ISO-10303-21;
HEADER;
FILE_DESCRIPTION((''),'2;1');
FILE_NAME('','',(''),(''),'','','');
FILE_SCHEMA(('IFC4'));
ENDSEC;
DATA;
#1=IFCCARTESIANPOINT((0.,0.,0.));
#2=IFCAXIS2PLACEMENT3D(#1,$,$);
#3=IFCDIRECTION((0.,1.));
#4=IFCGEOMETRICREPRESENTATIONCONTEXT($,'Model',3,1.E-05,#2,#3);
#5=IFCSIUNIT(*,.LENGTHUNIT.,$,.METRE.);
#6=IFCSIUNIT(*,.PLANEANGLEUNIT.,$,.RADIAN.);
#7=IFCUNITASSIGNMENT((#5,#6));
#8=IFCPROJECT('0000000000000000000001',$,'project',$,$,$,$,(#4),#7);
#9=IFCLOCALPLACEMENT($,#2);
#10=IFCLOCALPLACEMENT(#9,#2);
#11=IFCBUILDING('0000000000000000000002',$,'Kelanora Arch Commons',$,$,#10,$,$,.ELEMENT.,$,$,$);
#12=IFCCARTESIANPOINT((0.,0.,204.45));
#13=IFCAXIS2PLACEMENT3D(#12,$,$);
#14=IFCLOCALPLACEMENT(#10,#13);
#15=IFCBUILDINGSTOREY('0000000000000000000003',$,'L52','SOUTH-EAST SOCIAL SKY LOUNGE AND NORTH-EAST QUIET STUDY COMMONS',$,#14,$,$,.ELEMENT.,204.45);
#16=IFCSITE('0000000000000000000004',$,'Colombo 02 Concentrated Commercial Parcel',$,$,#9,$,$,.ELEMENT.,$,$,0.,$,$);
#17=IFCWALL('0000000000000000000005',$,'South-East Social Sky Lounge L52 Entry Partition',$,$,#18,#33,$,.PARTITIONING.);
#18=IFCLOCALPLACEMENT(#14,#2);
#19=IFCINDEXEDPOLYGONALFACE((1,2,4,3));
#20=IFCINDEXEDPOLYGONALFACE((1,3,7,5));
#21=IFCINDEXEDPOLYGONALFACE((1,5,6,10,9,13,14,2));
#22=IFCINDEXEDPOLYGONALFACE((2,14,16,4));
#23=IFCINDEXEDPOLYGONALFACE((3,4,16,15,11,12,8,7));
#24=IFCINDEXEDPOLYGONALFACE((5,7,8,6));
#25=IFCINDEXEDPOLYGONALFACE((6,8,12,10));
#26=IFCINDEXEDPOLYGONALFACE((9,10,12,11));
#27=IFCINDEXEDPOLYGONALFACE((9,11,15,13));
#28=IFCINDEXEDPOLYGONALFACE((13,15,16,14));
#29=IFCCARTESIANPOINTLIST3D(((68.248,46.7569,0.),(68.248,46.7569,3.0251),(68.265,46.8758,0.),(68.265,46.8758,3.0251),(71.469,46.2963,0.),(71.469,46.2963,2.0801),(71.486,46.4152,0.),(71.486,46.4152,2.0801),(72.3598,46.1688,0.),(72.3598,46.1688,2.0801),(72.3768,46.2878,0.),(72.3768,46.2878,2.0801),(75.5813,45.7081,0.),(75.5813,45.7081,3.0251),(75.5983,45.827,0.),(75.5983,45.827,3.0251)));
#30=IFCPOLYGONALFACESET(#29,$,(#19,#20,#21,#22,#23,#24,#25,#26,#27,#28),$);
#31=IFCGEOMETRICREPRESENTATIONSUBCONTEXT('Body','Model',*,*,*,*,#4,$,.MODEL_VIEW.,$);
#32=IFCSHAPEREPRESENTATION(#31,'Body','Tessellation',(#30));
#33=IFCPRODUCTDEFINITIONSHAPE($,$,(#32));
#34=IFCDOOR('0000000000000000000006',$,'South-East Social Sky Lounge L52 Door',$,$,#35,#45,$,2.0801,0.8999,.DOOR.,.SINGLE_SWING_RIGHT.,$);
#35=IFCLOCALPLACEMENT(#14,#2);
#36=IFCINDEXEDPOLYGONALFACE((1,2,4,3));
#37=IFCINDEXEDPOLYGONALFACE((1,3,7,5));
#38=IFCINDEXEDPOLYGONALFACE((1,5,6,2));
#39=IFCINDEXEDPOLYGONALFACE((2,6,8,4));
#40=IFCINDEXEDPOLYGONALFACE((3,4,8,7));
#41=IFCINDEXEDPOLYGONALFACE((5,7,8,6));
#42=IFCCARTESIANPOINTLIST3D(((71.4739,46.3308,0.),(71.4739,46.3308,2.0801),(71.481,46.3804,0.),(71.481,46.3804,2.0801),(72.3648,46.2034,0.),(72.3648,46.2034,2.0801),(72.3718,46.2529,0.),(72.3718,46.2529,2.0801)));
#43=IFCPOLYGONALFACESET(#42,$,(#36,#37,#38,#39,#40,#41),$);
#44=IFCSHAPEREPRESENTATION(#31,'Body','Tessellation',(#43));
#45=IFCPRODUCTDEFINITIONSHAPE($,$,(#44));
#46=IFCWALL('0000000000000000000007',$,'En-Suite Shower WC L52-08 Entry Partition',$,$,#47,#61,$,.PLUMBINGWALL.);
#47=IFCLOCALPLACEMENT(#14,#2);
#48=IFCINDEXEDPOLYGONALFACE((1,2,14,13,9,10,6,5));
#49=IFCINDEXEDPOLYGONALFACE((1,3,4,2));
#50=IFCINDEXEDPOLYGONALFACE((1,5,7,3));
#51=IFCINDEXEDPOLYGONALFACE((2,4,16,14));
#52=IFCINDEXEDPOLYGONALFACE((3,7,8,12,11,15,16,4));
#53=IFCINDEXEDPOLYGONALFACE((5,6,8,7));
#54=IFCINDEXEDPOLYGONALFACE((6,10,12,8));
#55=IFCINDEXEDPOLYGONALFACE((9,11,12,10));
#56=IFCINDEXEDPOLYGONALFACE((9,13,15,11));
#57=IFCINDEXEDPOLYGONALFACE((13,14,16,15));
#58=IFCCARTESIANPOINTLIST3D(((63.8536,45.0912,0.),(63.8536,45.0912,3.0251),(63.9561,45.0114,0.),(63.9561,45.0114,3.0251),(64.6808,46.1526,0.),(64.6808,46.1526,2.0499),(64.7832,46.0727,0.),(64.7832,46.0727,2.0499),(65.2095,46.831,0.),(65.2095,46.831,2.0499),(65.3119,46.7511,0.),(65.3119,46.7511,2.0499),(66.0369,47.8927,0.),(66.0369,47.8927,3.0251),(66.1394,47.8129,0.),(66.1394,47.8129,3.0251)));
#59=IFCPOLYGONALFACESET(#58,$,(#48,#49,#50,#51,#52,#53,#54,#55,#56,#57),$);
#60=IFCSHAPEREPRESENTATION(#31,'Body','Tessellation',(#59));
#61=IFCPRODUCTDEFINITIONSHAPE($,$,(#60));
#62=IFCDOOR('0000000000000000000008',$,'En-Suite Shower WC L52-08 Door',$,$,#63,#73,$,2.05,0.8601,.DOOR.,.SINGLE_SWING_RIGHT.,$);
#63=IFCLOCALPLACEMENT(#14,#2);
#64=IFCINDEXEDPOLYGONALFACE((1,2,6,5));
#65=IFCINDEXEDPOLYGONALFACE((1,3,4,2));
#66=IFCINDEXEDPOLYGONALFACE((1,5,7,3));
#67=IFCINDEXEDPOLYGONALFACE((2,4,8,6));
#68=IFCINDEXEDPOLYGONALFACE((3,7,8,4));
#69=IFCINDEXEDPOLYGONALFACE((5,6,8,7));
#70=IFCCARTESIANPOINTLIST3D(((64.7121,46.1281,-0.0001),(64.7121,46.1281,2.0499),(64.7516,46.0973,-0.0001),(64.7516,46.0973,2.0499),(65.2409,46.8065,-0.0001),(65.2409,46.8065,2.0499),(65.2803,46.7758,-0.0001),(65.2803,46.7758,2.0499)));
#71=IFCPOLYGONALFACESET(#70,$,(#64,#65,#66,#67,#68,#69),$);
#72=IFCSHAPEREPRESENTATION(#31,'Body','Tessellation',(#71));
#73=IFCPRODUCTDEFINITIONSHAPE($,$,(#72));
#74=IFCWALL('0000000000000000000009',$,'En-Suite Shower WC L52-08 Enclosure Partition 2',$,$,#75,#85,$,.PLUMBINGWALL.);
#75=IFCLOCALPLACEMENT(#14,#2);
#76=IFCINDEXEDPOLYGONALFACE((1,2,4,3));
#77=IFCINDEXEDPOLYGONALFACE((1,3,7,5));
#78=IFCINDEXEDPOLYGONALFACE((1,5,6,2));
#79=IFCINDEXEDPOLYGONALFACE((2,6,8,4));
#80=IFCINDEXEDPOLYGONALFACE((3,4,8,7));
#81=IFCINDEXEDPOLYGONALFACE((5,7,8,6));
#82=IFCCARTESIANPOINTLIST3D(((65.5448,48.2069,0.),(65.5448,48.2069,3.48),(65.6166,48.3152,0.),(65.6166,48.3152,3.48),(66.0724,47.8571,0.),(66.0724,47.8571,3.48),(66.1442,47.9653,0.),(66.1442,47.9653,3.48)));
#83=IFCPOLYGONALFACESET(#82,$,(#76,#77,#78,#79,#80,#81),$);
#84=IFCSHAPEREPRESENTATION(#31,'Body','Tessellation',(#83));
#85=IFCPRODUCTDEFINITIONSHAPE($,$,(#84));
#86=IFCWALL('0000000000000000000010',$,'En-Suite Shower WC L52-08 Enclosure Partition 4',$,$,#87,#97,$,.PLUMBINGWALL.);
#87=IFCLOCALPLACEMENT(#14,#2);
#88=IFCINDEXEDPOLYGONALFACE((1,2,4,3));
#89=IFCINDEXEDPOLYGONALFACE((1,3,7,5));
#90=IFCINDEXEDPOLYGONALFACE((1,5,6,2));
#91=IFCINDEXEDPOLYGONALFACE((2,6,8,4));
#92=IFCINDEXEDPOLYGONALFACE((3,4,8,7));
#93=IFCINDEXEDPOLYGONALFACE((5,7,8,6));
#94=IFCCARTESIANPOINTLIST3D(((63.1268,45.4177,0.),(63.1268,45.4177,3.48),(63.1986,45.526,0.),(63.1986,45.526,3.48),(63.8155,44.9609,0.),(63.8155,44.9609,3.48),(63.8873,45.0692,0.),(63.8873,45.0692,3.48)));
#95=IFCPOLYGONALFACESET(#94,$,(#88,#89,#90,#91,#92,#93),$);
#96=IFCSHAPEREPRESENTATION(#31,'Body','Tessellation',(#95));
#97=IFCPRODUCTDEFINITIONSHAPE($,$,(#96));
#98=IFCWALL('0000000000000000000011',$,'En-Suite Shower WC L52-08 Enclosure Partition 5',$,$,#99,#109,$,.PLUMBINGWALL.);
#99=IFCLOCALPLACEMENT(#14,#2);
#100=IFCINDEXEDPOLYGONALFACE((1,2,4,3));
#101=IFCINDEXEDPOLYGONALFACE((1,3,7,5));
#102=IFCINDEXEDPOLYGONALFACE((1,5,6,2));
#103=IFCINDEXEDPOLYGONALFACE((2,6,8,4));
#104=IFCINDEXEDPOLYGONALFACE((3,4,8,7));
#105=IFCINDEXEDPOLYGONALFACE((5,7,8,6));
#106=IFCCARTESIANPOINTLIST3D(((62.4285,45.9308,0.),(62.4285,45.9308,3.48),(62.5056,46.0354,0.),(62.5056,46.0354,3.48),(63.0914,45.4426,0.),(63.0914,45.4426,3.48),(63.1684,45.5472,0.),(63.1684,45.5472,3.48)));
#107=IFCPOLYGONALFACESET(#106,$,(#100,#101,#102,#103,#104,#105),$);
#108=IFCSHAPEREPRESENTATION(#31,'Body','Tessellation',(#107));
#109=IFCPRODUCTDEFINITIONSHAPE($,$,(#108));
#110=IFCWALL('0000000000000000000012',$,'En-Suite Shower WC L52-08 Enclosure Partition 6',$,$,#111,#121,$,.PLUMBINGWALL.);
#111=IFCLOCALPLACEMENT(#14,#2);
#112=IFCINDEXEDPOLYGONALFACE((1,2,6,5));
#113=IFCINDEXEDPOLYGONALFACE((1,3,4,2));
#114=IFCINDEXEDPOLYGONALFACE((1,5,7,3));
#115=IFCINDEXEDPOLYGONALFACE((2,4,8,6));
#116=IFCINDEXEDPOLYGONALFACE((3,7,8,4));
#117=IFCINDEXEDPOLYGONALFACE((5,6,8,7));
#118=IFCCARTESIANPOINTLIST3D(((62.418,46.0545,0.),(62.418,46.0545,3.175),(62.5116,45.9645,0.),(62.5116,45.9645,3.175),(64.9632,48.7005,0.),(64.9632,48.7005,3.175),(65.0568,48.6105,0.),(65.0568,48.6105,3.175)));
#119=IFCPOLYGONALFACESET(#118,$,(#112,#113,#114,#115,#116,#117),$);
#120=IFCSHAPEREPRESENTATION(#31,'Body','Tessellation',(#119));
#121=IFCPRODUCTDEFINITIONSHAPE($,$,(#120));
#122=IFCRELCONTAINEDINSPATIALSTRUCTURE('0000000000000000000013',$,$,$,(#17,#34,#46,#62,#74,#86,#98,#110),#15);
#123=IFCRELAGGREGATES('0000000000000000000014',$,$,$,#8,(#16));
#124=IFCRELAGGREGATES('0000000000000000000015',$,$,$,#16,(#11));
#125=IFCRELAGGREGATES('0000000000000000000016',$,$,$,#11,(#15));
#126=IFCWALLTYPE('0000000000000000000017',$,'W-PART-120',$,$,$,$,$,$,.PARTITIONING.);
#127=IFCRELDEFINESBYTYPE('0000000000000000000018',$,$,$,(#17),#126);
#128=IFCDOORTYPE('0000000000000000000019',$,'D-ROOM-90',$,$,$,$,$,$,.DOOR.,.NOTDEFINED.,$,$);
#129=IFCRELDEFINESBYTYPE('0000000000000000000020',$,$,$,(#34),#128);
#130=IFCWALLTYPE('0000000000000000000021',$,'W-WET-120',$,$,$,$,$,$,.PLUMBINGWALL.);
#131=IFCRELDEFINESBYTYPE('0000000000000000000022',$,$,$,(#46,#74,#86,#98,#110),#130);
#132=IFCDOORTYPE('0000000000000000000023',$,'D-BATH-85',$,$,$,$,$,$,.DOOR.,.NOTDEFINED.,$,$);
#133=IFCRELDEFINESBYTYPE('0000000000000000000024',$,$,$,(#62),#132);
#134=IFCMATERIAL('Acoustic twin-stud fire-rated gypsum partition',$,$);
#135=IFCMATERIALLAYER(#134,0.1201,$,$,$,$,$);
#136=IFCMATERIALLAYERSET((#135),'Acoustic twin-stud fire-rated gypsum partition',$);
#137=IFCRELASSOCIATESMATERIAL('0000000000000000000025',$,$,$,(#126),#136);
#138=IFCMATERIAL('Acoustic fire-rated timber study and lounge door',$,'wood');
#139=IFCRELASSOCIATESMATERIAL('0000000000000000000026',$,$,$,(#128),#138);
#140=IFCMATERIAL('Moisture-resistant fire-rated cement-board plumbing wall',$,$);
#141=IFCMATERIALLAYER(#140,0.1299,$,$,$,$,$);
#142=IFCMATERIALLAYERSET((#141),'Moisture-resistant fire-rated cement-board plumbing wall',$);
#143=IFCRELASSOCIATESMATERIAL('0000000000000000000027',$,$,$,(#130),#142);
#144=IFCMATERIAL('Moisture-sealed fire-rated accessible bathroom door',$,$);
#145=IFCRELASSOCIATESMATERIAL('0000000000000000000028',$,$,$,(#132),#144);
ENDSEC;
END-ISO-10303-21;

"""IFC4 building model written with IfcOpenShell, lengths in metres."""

from ifc_helpers import new_model, si_unit, direction, frame, frame_2d, origin, place, context, subcontext, project, spatial, rectangle, extrude, material, layer, layer_set, type_object, element, fill, save


model = new_model("IFC4")

# Units and contexts
model_context = context("Model", 3, precision=1e-05, world=origin(), true_north=direction((0.0, 1.0)))
body_context = subcontext(model_context, "Body", "Model", "MODEL_VIEW")
ifc_project = project(units=[si_unit("LENGTHUNIT", "METRE"), si_unit("PLANEANGLEUNIT", "RADIAN")], contexts=[model_context])

# Site, building, storey
site_placement = place(None, origin())
site = spatial("IfcSite", under=ifc_project, at=site_placement, Name="Colombo 02 Concentrated Commercial Parcel", CompositionType="ELEMENT", RefElevation=0.0)
building_placement = place(site_placement, origin())
building = spatial("IfcBuilding", under=site, at=building_placement, Name="Kelanora Arch Commons", CompositionType="ELEMENT")
storey_placement = place(building_placement, frame((0.0, 0.0, 204.45)))
storey = spatial("IfcBuildingStorey", under=building, at=storey_placement, Name="L52", Description="SOUTH-EAST SOCIAL SKY LOUNGE AND NORTH-EAST QUIET STUDY COMMONS", CompositionType="ELEMENT", Elevation=204.45)

# Walls, openings, doors
ifc_material_1 = material(Name="Acoustic twin-stud fire-rated gypsum partition")
ifc_layer_1 = layer(ifc_material_1, 0.1201)
ifc_layer_set_1 = layer_set([ifc_layer_1], Name="Acoustic twin-stud fire-rated gypsum partition")
wall_type_1 = type_object("IfcWallType", Name="W-PART-120", PredefinedType="PARTITIONING", material=ifc_layer_set_1)
wall_1_placement = place(storey_placement, frame((68.2563, 46.8164, 0.0), z_axis=(0.0, 0.0, 1.0), x_axis=(0.989926, -0.141583, 0.0)))
wall_1 = element("IfcWall", 1, at=wall_1_placement, inside=storey, type_object=wall_type_1, Name="South-East Social Sky Lounge L52 Entry Partition", PredefinedType="PARTITIONING", context=body_context, shape_type="SweptSolid", body=[
    extrude(rectangle(XDim=7.408, YDim=0.1201, at=frame_2d((3.7041, 0.0))), origin(), (0.0, 0.0, 1.0), 3.0251),
])
opening_1_placement = place(wall_1_placement, frame((3.2539, 0.0, 0.0)))
opening_1 = element("IfcOpeningElement", 2, at=opening_1_placement, cuts=wall_1, PredefinedType="OPENING", context=body_context, shape_type="SweptSolid", body=[
    extrude(rectangle(XDim=0.8999, YDim=2.0801, at=frame_2d((0.45, 1.04))), frame((0.0, 0.0701, 0.0), z_axis=(0.0, -1.0, 0.0), x_axis=(1.0, 0.0, 0.0)), (0.0, 0.0, 1.0), 0.1401),
])
ifc_material_2 = material(Name="Acoustic fire-rated timber study and lounge door", Category="wood")
door_type_1 = type_object("IfcDoorType", Name="D-ROOM-90", OperationType="NOTDEFINED", PredefinedType="DOOR", material=ifc_material_2)
door_1_placement = place(opening_1_placement, origin())
door_1 = element("IfcDoor", 3, at=door_1_placement, inside=storey, type_object=door_type_1, Name="South-East Social Sky Lounge L52 Door", OperationType="SINGLE_SWING_RIGHT", OverallHeight=2.0801, OverallWidth=0.8999, PredefinedType="DOOR", context=body_context, shape_type="SweptSolid", body=[
    extrude(rectangle(XDim=0.8999, YDim=2.0801, at=frame_2d((0.45, 1.04))), frame((0.0, 0.0249, 0.0), z_axis=(0.0, -1.0, 0.0), x_axis=(1.0, 0.0, 0.0)), (0.0, 0.0, 1.0), 0.05),
])
fill(opening_1, door_1)
ifc_material_3 = material(Name="Moisture-resistant fire-rated cement-board plumbing wall")
ifc_layer_2 = layer(ifc_material_3, 0.1299)
ifc_layer_set_2 = layer_set([ifc_layer_2], Name="Moisture-resistant fire-rated cement-board plumbing wall")
wall_type_2 = type_object("IfcWallType", Name="W-WET-120", PredefinedType="PLUMBINGWALL", material=ifc_layer_set_2)
wall_2_placement = place(storey_placement, frame((66.0881, 47.8528, 0.0), z_axis=(0.0, 0.0, 1.0), x_axis=(-0.614711, -0.788752, 0.0)))
wall_2 = element("IfcWall", 4, at=wall_2_placement, inside=storey, type_object=wall_type_2, Name="En-Suite Shower WC L52-08 Entry Partition", PredefinedType="PLUMBINGWALL", context=body_context, shape_type="SweptSolid", body=[
    extrude(rectangle(XDim=3.5518, YDim=0.1299, at=frame_2d((1.7759, 0.0))), origin(), (0.0, 0.0, 1.0), 3.0251),
])
opening_2_placement = place(wall_2_placement, frame((1.3459, 0.0, 0.0)))
opening_2 = element("IfcOpeningElement", 5, at=opening_2_placement, cuts=wall_2, PredefinedType="OPENING", context=body_context, shape_type="SweptSolid", body=[
    extrude(rectangle(XDim=0.8601, YDim=2.05, at=frame_2d((0.4302, 1.0249))), frame((0.0, 0.075, 0.0), z_axis=(0.0, -1.0, 0.0), x_axis=(1.0, 0.0, 0.0)), (0.0, 0.0, 1.0), 0.1499),
])
ifc_material_4 = material(Name="Moisture-sealed fire-rated accessible bathroom door")
door_type_2 = type_object("IfcDoorType", Name="D-BATH-85", OperationType="NOTDEFINED", PredefinedType="DOOR", material=ifc_material_4)
door_2_placement = place(opening_2_placement, origin())
door_2 = element("IfcDoor", 6, at=door_2_placement, inside=storey, type_object=door_type_2, Name="En-Suite Shower WC L52-08 Door", OperationType="SINGLE_SWING_RIGHT", OverallHeight=2.05, OverallWidth=0.8601, PredefinedType="DOOR", context=body_context, shape_type="SweptSolid", body=[
    extrude(rectangle(XDim=0.8601, YDim=2.05, at=frame_2d((0.4302, 1.0249))), frame((0.0, 0.0249, 0.0), z_axis=(0.0, -1.0, 0.0), x_axis=(1.0, 0.0, 0.0)), (0.0, 0.0, 1.0), 0.05),
])
fill(opening_2, door_2)

# Walls
wall_3_placement = place(storey_placement, frame((65.5808, 48.261, 0.0), z_axis=(0.0, 0.0, 1.0), x_axis=(0.833412, -0.552652, 0.0)))
element("IfcWall", 7, at=wall_3_placement, inside=storey, type_object=wall_type_2, Name="En-Suite Shower WC L52-08 Enclosure Partition 2", PredefinedType="PLUMBINGWALL", context=body_context, shape_type="SweptSolid", body=[
    extrude(rectangle(XDim=0.6331, YDim=0.1299, at=frame_2d((0.3164, 0.0))), origin(), (0.0, 0.0, 1.0), 3.48),
])
wall_4_placement = place(storey_placement, frame((63.8513, 45.0151, 0.0), z_axis=(0.0, 0.0, 1.0), x_axis=(-0.833366, 0.552722, 0.0)))
element("IfcWall", 8, at=wall_4_placement, inside=storey, type_object=wall_type_2, Name="En-Suite Shower WC L52-08 Enclosure Partition 4", PredefinedType="PLUMBINGWALL", context=body_context, shape_type="SweptSolid", body=[
    extrude(rectangle(XDim=0.8264, YDim=0.1299, at=frame_2d((0.4131, 0.0))), origin(), (0.0, 0.0, 1.0), 3.48),
])
wall_5_placement = place(storey_placement, frame((63.1299, 45.4949, 0.0), z_axis=(0.0, 0.0, 1.0), x_axis=(-0.80513, 0.593098, 0.0)))
element("IfcWall", 9, at=wall_5_placement, inside=storey, type_object=wall_type_2, Name="En-Suite Shower WC L52-08 Enclosure Partition 5", PredefinedType="PLUMBINGWALL", context=body_context, shape_type="SweptSolid", body=[
    extrude(rectangle(XDim=0.8232, YDim=0.1299, at=frame_2d((0.4116, 0.0))), origin(), (0.0, 0.0, 1.0), 3.48),
])
wall_6_placement = place(storey_placement, frame((62.4648, 46.0095, 0.0), z_axis=(0.0, 0.0, 1.0), x_axis=(0.693242, 0.720705, 0.0)))
element("IfcWall", 10, at=wall_6_placement, inside=storey, type_object=wall_type_2, Name="En-Suite Shower WC L52-08 Enclosure Partition 6", PredefinedType="PLUMBINGWALL", context=body_context, shape_type="SweptSolid", body=[
    extrude(rectangle(XDim=3.6714, YDim=0.1299, at=frame_2d((1.8357, 0.0))), origin(), (0.0, 0.0, 1.0), 3.175),
])

save(model, "model.ifc")
